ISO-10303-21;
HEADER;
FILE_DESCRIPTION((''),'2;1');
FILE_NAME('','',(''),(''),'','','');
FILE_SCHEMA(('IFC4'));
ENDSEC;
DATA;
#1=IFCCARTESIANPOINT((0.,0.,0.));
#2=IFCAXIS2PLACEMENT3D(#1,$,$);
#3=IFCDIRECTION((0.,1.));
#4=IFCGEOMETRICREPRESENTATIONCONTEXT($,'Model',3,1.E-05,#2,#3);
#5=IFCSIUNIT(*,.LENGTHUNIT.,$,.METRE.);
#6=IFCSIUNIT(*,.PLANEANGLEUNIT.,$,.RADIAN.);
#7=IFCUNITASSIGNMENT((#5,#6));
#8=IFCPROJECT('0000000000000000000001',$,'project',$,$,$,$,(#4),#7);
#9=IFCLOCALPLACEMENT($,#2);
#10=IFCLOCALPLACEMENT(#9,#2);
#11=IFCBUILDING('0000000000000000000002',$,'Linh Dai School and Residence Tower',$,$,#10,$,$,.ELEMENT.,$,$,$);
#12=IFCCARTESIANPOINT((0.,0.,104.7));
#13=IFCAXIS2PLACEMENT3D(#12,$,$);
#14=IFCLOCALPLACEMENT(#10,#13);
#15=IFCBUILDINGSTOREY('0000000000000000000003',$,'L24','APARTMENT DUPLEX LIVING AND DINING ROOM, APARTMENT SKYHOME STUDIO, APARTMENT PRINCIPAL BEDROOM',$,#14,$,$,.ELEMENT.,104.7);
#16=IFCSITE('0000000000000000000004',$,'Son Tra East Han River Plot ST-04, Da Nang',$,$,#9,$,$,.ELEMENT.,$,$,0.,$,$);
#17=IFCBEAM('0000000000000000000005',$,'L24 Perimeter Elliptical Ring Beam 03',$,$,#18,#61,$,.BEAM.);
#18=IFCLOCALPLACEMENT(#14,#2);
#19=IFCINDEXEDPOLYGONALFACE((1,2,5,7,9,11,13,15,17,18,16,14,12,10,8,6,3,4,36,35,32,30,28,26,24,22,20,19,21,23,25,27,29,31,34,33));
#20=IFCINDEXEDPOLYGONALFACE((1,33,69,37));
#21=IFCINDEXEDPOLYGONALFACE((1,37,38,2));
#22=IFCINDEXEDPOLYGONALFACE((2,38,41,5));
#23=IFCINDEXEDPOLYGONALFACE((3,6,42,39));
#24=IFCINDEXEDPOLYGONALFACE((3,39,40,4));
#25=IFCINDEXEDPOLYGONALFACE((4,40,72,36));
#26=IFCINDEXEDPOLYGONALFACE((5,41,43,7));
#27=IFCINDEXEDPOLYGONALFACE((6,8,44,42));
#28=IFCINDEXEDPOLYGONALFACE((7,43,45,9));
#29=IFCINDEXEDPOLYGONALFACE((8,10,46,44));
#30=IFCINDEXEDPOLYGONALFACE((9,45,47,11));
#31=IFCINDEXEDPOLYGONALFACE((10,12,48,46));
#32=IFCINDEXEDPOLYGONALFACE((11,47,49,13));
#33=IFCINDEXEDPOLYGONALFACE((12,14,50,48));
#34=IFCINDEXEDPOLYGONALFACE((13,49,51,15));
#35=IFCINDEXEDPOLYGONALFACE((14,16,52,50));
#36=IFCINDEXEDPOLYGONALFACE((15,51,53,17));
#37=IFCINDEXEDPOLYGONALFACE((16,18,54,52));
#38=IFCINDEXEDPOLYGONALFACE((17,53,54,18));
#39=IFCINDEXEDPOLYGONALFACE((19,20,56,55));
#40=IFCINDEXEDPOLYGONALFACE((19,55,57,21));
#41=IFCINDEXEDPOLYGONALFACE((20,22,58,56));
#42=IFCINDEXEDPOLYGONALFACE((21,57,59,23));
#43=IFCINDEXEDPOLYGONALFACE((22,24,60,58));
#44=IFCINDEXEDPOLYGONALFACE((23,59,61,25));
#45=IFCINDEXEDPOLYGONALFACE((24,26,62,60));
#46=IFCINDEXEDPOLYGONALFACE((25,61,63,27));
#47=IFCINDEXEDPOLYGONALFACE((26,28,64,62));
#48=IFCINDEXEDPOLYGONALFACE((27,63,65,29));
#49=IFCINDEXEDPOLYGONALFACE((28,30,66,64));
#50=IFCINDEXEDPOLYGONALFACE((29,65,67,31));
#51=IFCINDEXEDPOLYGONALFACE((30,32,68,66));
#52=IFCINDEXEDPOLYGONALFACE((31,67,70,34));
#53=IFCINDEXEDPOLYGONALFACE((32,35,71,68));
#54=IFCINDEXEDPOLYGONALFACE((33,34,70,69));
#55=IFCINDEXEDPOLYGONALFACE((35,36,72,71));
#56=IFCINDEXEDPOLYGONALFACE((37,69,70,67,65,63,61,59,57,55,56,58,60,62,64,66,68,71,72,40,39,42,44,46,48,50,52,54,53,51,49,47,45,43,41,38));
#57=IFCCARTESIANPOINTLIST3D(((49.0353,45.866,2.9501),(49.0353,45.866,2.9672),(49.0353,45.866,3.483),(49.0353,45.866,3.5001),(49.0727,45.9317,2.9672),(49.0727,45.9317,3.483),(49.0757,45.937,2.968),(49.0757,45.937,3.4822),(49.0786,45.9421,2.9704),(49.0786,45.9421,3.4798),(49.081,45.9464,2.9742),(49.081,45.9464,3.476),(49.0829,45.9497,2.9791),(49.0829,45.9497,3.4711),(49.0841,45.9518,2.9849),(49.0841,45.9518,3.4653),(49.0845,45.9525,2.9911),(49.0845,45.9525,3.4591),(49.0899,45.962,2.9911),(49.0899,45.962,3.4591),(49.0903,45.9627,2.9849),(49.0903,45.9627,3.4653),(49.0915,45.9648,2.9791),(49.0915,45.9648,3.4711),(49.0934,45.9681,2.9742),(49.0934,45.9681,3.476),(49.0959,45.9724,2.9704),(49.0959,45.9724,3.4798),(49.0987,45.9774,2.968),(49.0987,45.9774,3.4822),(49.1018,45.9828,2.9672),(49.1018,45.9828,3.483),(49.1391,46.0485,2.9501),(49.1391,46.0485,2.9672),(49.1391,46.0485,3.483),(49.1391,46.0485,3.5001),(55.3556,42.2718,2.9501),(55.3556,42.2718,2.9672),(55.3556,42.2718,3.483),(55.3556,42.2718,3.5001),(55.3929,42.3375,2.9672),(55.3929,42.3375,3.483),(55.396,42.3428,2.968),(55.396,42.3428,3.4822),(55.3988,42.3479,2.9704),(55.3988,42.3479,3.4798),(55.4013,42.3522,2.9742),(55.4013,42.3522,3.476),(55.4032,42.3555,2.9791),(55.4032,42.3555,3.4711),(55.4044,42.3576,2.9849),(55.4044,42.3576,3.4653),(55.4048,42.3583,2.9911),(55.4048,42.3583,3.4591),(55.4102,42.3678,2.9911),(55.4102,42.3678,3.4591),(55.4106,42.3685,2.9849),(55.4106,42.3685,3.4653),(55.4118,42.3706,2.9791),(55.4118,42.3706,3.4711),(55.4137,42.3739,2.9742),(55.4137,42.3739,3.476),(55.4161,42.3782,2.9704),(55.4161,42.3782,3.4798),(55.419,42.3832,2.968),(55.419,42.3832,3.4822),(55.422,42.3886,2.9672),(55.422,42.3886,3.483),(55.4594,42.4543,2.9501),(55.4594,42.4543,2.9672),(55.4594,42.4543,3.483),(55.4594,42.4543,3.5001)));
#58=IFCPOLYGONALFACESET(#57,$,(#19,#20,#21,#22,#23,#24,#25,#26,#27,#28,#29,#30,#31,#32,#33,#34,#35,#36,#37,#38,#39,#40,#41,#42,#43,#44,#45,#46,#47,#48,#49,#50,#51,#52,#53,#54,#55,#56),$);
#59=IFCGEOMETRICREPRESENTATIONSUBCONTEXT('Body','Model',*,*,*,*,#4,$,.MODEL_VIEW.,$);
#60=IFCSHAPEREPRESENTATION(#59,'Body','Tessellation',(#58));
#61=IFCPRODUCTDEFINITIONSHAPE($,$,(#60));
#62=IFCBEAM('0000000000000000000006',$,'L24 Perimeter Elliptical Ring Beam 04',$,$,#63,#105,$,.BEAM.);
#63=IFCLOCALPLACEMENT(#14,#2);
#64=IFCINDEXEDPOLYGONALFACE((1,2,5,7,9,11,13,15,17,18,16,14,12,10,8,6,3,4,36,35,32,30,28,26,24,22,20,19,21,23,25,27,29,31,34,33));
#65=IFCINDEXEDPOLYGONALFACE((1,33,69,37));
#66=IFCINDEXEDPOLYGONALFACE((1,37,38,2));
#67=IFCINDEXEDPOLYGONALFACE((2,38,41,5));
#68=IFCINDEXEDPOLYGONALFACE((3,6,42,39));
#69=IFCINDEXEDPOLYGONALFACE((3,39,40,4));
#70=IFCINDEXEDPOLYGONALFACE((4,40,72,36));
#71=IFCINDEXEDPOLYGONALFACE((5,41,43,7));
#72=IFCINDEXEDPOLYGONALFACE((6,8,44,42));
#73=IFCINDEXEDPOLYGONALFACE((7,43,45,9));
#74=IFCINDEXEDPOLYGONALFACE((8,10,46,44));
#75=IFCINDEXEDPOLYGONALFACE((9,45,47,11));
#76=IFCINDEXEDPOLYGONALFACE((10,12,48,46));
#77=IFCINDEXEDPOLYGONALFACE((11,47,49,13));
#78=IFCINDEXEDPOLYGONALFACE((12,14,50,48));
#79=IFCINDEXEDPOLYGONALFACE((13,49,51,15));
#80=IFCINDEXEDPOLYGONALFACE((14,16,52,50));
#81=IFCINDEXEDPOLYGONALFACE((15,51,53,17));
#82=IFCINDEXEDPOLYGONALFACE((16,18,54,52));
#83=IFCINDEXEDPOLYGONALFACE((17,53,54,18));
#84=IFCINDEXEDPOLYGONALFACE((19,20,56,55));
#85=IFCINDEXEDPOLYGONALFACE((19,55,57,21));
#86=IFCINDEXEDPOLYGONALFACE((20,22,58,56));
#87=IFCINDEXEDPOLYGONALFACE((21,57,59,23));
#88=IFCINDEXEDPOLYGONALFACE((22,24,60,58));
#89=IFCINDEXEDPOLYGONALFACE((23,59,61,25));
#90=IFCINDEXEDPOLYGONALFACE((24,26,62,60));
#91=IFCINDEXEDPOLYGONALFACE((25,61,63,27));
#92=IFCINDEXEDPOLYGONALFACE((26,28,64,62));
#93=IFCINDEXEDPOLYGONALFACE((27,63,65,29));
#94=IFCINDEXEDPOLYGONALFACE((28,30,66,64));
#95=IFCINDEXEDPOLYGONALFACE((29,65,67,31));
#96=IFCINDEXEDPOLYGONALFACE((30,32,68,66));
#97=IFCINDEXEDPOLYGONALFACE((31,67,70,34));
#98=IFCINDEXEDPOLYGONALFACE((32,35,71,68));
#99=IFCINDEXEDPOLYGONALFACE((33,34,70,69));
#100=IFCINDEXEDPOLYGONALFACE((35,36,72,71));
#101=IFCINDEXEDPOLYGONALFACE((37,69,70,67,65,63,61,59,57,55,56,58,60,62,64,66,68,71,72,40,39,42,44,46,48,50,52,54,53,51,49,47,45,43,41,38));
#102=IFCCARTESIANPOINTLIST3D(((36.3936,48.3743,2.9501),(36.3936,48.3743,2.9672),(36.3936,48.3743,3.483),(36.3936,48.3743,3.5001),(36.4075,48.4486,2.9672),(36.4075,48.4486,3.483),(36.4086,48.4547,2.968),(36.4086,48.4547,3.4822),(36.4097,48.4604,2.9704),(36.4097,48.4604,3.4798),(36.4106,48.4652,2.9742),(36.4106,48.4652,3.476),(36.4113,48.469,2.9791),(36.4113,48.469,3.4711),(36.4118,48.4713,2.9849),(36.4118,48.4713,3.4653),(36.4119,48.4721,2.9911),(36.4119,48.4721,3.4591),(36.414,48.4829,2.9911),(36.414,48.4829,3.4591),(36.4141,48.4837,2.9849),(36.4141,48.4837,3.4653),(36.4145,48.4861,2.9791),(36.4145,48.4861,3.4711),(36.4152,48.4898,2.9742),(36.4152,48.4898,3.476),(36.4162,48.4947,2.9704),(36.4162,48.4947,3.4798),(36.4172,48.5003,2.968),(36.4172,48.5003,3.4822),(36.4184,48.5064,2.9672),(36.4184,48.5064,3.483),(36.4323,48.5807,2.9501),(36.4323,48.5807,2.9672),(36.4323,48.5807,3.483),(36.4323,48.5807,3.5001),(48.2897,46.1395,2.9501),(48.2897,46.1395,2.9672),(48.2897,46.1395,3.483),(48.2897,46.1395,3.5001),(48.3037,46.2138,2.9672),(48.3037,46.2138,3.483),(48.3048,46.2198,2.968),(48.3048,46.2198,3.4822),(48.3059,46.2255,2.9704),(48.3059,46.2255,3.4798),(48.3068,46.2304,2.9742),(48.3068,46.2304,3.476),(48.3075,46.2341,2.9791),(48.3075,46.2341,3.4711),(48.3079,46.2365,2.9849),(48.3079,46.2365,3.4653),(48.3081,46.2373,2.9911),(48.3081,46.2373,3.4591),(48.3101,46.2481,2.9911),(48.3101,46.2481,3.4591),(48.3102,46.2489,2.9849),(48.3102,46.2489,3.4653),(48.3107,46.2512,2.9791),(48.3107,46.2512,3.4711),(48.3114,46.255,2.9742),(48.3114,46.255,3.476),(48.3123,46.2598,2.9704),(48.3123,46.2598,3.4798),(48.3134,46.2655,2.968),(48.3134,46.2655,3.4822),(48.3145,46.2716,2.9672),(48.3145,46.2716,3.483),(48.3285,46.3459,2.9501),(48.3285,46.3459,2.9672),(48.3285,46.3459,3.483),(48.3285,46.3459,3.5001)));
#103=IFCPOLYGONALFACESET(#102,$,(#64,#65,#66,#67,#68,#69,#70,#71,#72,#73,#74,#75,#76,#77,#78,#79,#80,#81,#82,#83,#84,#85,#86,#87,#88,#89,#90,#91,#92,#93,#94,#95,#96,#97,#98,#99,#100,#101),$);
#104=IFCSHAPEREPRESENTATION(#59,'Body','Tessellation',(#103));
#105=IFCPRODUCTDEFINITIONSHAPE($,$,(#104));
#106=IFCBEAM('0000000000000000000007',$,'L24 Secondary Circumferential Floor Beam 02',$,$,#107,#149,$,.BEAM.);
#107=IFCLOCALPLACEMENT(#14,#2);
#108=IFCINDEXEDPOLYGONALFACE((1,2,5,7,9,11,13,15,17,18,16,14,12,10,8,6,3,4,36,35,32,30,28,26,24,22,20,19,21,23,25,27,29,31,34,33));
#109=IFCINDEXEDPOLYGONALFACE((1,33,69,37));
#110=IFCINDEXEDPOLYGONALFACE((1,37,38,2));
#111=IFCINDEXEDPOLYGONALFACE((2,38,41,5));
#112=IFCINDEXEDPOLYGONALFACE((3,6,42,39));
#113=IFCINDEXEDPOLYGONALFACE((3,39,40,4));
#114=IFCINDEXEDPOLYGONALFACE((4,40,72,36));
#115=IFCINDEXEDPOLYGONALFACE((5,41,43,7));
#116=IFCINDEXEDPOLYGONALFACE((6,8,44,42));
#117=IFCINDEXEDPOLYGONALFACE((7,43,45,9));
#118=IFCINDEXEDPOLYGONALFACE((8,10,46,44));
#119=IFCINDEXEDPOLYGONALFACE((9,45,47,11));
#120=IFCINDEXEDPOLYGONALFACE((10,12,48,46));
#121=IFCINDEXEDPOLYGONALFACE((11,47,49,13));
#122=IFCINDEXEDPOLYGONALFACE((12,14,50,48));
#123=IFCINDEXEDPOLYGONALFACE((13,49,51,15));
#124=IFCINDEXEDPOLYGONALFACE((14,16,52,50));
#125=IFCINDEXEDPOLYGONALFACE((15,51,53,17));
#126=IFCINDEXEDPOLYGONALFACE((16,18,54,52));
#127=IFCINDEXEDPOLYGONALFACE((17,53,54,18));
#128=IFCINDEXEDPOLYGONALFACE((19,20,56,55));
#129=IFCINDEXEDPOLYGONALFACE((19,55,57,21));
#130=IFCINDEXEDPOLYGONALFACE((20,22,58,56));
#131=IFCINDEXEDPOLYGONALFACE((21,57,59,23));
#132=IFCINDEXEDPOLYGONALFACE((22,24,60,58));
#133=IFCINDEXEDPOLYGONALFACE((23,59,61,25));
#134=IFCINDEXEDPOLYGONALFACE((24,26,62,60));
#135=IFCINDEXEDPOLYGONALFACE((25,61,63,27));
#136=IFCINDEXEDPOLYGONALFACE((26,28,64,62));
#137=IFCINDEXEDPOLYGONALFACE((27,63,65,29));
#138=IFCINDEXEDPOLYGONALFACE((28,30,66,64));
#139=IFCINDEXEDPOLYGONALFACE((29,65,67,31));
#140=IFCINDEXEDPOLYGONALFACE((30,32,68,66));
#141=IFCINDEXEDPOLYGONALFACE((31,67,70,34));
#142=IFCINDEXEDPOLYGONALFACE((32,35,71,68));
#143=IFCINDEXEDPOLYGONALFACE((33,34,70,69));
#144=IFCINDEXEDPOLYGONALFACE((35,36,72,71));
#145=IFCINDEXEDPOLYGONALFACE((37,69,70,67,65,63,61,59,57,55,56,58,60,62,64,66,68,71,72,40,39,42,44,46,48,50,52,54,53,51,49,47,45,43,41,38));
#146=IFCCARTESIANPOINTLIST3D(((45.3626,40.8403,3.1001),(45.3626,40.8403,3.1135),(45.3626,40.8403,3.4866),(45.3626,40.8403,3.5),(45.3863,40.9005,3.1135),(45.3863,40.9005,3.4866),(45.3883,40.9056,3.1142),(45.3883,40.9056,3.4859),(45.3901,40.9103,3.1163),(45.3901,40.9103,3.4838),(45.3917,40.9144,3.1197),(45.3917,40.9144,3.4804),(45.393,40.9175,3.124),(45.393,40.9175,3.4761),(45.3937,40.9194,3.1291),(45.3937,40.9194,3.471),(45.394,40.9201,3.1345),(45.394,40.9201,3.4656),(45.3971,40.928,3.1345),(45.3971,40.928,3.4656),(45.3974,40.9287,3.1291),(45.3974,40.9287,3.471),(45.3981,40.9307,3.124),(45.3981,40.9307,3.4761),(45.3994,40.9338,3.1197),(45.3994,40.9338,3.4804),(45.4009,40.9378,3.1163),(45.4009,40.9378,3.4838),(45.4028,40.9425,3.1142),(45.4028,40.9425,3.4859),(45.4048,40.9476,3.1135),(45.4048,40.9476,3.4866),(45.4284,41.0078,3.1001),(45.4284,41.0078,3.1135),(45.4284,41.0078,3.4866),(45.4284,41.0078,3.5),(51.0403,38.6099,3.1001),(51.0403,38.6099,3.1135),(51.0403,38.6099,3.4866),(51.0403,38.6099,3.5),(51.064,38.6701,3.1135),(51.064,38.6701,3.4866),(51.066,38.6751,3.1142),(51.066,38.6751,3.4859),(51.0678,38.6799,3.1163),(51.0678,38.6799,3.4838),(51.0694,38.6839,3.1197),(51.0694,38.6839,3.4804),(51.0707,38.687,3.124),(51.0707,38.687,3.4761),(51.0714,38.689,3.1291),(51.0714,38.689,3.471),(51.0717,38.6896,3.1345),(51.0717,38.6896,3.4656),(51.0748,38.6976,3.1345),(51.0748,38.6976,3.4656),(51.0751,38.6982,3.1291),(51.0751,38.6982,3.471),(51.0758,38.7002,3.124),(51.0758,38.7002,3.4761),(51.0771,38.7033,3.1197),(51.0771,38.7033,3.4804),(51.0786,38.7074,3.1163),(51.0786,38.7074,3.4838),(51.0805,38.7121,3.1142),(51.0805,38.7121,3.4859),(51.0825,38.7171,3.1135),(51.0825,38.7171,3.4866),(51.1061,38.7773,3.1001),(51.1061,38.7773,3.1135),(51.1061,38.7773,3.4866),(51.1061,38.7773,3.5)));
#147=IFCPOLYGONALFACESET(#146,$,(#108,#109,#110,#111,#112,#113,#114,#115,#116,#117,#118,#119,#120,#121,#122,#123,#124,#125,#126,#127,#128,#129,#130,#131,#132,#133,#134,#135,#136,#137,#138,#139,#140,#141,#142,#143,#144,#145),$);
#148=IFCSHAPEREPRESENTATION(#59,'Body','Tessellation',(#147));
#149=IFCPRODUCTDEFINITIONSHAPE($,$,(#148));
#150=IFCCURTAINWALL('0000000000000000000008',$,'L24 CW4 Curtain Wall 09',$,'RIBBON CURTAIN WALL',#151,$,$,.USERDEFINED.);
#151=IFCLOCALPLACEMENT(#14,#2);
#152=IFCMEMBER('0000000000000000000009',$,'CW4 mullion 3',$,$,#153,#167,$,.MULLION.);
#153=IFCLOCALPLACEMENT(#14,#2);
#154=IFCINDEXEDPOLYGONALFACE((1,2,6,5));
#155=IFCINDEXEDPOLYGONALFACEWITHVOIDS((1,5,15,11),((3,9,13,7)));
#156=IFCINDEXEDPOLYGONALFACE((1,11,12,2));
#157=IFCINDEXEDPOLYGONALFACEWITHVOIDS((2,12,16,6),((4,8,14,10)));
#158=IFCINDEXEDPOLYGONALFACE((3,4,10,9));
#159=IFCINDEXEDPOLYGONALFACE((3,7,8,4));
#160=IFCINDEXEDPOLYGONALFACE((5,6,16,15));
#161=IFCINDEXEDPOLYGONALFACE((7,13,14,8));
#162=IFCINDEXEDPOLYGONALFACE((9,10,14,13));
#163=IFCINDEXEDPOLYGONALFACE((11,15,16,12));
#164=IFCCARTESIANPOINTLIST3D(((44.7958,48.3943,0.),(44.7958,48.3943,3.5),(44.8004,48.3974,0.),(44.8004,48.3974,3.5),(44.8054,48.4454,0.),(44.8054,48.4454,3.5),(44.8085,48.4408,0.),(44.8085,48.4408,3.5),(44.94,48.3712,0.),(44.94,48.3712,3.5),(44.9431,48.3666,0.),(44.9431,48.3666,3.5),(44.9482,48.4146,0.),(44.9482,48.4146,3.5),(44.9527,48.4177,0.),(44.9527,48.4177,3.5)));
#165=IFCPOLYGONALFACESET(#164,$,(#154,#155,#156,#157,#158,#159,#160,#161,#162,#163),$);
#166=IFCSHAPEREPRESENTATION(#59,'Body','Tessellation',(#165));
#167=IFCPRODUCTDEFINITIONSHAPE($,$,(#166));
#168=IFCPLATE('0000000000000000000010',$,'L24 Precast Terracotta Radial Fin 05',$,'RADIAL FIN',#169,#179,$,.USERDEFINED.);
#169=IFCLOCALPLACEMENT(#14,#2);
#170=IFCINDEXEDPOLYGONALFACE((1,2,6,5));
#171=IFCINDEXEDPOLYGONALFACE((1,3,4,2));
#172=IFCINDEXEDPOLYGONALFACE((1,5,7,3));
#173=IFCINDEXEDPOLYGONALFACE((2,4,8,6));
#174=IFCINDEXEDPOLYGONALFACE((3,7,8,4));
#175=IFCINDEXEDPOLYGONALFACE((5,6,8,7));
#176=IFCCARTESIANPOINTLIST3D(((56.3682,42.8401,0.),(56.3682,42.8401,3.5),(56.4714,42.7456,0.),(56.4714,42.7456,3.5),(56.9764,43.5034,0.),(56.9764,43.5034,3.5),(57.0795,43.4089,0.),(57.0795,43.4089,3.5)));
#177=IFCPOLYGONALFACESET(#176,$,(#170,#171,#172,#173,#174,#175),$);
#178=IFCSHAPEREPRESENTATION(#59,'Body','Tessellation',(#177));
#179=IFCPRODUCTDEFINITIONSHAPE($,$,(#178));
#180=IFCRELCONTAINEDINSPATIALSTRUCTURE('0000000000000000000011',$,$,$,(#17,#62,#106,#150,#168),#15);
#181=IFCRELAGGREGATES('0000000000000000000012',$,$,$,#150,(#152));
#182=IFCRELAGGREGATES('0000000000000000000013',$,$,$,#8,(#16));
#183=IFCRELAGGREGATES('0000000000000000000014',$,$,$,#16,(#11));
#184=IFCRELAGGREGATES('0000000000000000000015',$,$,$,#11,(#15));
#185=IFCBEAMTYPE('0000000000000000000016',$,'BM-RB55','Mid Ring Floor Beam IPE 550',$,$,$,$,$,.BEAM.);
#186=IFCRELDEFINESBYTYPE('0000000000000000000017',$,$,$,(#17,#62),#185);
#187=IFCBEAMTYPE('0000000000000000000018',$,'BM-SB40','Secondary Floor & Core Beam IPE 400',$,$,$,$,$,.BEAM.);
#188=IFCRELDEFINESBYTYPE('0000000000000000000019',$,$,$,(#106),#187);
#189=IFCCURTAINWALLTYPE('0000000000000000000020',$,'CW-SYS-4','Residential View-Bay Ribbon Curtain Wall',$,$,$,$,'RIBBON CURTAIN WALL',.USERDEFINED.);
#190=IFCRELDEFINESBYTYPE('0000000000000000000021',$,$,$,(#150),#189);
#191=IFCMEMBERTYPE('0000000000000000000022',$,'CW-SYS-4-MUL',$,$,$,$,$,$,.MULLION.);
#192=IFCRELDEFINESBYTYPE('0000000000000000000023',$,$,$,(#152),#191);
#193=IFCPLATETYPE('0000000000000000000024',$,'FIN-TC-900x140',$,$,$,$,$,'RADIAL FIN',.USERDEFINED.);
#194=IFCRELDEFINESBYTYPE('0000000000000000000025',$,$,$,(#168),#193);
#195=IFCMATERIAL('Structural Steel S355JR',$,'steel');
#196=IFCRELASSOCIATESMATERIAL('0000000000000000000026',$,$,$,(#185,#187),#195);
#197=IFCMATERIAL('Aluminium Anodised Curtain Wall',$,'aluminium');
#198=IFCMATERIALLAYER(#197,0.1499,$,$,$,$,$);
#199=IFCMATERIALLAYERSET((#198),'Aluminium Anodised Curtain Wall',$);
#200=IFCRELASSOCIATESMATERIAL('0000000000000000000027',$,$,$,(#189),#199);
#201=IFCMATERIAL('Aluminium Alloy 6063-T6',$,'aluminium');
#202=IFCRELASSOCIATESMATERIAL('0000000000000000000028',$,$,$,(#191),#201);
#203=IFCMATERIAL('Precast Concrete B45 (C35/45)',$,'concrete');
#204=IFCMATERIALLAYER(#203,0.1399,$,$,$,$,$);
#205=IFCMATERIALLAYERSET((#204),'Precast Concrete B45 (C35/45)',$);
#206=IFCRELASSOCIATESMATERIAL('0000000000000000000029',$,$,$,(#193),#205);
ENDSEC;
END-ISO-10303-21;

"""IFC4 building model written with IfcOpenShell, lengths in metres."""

from ifc_helpers import new_model, si_unit, direction, frame, origin, origin_2d, place, context, subcontext, project, spatial, rectangle, hollow_rectangle, i_section, extrude, source, transform, mapped, material, layer, layer_set, material_profile, profile_set, type_object, element, aggregate, save


model = new_model("IFC4")

# Units and contexts
model_context = context("Model", 3, precision=1e-05, world=origin(), true_north=direction((0.0, 1.0)))
body_context = subcontext(model_context, "Body", "Model", "MODEL_VIEW")
ifc_project = project(units=[si_unit("LENGTHUNIT", "METRE"), si_unit("PLANEANGLEUNIT", "RADIAN")], contexts=[model_context])

# Site, building, storey
site_placement = place(None, origin())
site = spatial("IfcSite", under=ifc_project, at=site_placement, Name="Son Tra East Han River Plot ST-04, Da Nang", CompositionType="ELEMENT", RefElevation=0.0)
building_placement = place(site_placement, origin())
building = spatial("IfcBuilding", under=site, at=building_placement, Name="Linh Dai School and Residence Tower", CompositionType="ELEMENT")
storey_placement = place(building_placement, frame((0.0, 0.0, 104.7)))
storey = spatial("IfcBuildingStorey", under=building, at=storey_placement, Name="L24", Description="APARTMENT DUPLEX LIVING AND DINING ROOM, APARTMENT SKYHOME STUDIO, APARTMENT PRINCIPAL BEDROOM", CompositionType="ELEMENT", Elevation=104.7)

# Shared definitions
ifc_material_1 = material(Name="Structural Steel S355JR", Category="steel")

# Beams
ifc_material_profile_1 = material_profile(ifc_material_1, i_section(OverallWidth=0.21, OverallDepth=0.55, WebThickness=0.011, FlangeThickness=0.0171, FilletRadius=0.0239, at=origin_2d()), Name="IPE 550")
ifc_profile_set_1 = profile_set([ifc_material_profile_1], Name="Structural Steel S355JR")
beam_type_1 = type_object("IfcBeamType", Name="BM-RB55", Description="Mid Ring Floor Beam IPE 550", PredefinedType="BEAM", material=ifc_profile_set_1)
beam_1_placement = place(storey_placement, frame((55.4075, 42.363, 3.2251), z_axis=(-0.86927, 0.494337, 0.0), x_axis=(-0.494337, -0.86927, 0.0)))
element("IfcBeam", 1, at=beam_1_placement, inside=storey, type_object=beam_type_1, Name="L24 Perimeter Elliptical Ring Beam 03", PredefinedType="BEAM", context=body_context, shape_type="SweptSolid", body=[
    extrude(i_section(OverallWidth=0.21, OverallDepth=0.55, WebThickness=0.011, FlangeThickness=0.0171, FilletRadius=0.0239, at=origin_2d()), origin(), (0.0, 0.0, 1.0), 7.2708),
])
beam_2_placement = place(storey_placement, frame((48.3091, 46.2427, 3.2251), z_axis=(-0.982808, 0.184633, 0.0), x_axis=(-0.184633, -0.982808, 0.0)))
element("IfcBeam", 2, at=beam_2_placement, inside=storey, type_object=beam_type_1, Name="L24 Perimeter Elliptical Ring Beam 04", PredefinedType="BEAM", context=body_context, shape_type="SweptSolid", body=[
    extrude(i_section(OverallWidth=0.21, OverallDepth=0.55, WebThickness=0.011, FlangeThickness=0.0171, FilletRadius=0.0239, at=origin_2d()), origin(), (0.0, 0.0, 1.0), 12.1042),
])
ifc_material_profile_2 = material_profile(ifc_material_1, i_section(OverallWidth=0.1799, OverallDepth=0.3999, WebThickness=0.0085, FlangeThickness=0.0134, FilletRadius=0.021, at=origin_2d()), Name="IPE 400")
ifc_profile_set_2 = profile_set([ifc_material_profile_2], Name="Structural Steel S355JR")
beam_type_2 = type_object("IfcBeamType", Name="BM-SB40", Description="Secondary Floor & Core Beam IPE 400", PredefinedType="BEAM", material=ifc_profile_set_2)
beam_3_placement = place(storey_placement, frame((51.0732, 38.6936, 3.3), z_axis=(-0.930755, 0.365642, 0.0), x_axis=(-0.365642, -0.930755, 0.0)))
element("IfcBeam", 3, at=beam_3_placement, inside=storey, type_object=beam_type_2, Name="L24 Secondary Circumferential Floor Beam 02", PredefinedType="BEAM", context=body_context, shape_type="SweptSolid", body=[
    extrude(i_section(OverallWidth=0.1799, OverallDepth=0.3999, WebThickness=0.0085, FlangeThickness=0.0134, FilletRadius=0.021, at=origin_2d()), origin(), (0.0, 0.0, 1.0), 6.1001),
])

# Curtain wall, member
ifc_material_2 = material(Name="Aluminium Anodised Curtain Wall", Category="aluminium")
ifc_layer_1 = layer(ifc_material_2, 0.1499)
ifc_layer_set_1 = layer_set([ifc_layer_1], Name="Aluminium Anodised Curtain Wall")
curtain_wall_type = type_object("IfcCurtainWallType", Name="CW-SYS-4", Description="Residential View-Bay Ribbon Curtain Wall", ElementType="RIBBON CURTAIN WALL", PredefinedType="USERDEFINED", material=ifc_layer_set_1)
curtain_wall_placement = place(storey_placement, origin())
curtain_wall = element("IfcCurtainWall", 4, at=curtain_wall_placement, inside=storey, type_object=curtain_wall_type, Name="L24 CW4 Curtain Wall 09", ObjectType="RIBBON CURTAIN WALL", PredefinedType="USERDEFINED")
ifc_material_3 = material(Name="Aluminium Alloy 6063-T6", Category="aluminium")
ifc_material_profile_3 = material_profile(ifc_material_3, hollow_rectangle(XDim=0.052, YDim=0.1499, WallThickness=0.0039, at=origin_2d()), Name="RHS 150x52x4")
ifc_profile_set_3 = profile_set([ifc_material_profile_3], Name="Aluminium Alloy 6063-T6")
member_type = type_object("IfcMemberType", Name="CW-SYS-4-MUL", PredefinedType="MULLION", material=ifc_profile_set_3)
shared_shape_1 = source(origin(), body_context, "Body", "SweptSolid", [
    extrude(hollow_rectangle(XDim=0.052, YDim=0.1499, WallThickness=0.0039, at=origin_2d()), origin(), (0.0, 0.0, 1.0), 3.5),
])
member_placement = place(storey_placement, frame((44.8743, 48.406, 0.0), z_axis=(0.0, 0.0, 1.0), x_axis=(0.184755, 0.982785, 0.0)))
member = element("IfcMember", 5, at=member_placement, type_object=member_type, Name="CW4 mullion 3", PredefinedType="MULLION", context=body_context, shape_type="MappedRepresentation", body=[
    mapped(shared_shape_1, transform((0.0, 0.0, 0.0), x_axis=(1.0, 0.0, 0.0), y_axis=(0.0, 1.0, 0.0), z_axis=(0.0, 0.0, 1.0), scale=1.0)),
])
aggregate(curtain_wall, [member])

# Plate
ifc_material_4 = material(Name="Precast Concrete B45 (C35/45)", Category="concrete")
ifc_layer_2 = layer(ifc_material_4, 0.1399)
ifc_layer_set_2 = layer_set([ifc_layer_2], Name="Precast Concrete B45 (C35/45)")
plate_type = type_object("IfcPlateType", Name="FIN-TC-900x140", ElementType="RADIAL FIN", PredefinedType="USERDEFINED", material=ifc_layer_set_2)
shared_shape_2 = source(origin(), body_context, "Body", "SweptSolid", [
    extrude(rectangle(XDim=0.8999, YDim=0.1399, at=origin_2d()), origin(), (0.0, 0.0, 1.0), 3.5),
])
plate_placement = place(storey_placement, frame((56.7239, 43.1245, 0.0), z_axis=(0.0, 0.0, 1.0), x_axis=(0.675783, 0.7371, 0.0)))
element("IfcPlate", 6, at=plate_placement, inside=storey, type_object=plate_type, Name="L24 Precast Terracotta Radial Fin 05", ObjectType="RADIAL FIN", PredefinedType="USERDEFINED", context=body_context, shape_type="MappedRepresentation", body=[
    mapped(shared_shape_2, transform((0.0, 0.0, 0.0), x_axis=(1.0, 0.0, 0.0), y_axis=(0.0, 1.0, 0.0), z_axis=(0.0, 0.0, 1.0), scale=1.0)),
])

save(model, "model.ifc")
